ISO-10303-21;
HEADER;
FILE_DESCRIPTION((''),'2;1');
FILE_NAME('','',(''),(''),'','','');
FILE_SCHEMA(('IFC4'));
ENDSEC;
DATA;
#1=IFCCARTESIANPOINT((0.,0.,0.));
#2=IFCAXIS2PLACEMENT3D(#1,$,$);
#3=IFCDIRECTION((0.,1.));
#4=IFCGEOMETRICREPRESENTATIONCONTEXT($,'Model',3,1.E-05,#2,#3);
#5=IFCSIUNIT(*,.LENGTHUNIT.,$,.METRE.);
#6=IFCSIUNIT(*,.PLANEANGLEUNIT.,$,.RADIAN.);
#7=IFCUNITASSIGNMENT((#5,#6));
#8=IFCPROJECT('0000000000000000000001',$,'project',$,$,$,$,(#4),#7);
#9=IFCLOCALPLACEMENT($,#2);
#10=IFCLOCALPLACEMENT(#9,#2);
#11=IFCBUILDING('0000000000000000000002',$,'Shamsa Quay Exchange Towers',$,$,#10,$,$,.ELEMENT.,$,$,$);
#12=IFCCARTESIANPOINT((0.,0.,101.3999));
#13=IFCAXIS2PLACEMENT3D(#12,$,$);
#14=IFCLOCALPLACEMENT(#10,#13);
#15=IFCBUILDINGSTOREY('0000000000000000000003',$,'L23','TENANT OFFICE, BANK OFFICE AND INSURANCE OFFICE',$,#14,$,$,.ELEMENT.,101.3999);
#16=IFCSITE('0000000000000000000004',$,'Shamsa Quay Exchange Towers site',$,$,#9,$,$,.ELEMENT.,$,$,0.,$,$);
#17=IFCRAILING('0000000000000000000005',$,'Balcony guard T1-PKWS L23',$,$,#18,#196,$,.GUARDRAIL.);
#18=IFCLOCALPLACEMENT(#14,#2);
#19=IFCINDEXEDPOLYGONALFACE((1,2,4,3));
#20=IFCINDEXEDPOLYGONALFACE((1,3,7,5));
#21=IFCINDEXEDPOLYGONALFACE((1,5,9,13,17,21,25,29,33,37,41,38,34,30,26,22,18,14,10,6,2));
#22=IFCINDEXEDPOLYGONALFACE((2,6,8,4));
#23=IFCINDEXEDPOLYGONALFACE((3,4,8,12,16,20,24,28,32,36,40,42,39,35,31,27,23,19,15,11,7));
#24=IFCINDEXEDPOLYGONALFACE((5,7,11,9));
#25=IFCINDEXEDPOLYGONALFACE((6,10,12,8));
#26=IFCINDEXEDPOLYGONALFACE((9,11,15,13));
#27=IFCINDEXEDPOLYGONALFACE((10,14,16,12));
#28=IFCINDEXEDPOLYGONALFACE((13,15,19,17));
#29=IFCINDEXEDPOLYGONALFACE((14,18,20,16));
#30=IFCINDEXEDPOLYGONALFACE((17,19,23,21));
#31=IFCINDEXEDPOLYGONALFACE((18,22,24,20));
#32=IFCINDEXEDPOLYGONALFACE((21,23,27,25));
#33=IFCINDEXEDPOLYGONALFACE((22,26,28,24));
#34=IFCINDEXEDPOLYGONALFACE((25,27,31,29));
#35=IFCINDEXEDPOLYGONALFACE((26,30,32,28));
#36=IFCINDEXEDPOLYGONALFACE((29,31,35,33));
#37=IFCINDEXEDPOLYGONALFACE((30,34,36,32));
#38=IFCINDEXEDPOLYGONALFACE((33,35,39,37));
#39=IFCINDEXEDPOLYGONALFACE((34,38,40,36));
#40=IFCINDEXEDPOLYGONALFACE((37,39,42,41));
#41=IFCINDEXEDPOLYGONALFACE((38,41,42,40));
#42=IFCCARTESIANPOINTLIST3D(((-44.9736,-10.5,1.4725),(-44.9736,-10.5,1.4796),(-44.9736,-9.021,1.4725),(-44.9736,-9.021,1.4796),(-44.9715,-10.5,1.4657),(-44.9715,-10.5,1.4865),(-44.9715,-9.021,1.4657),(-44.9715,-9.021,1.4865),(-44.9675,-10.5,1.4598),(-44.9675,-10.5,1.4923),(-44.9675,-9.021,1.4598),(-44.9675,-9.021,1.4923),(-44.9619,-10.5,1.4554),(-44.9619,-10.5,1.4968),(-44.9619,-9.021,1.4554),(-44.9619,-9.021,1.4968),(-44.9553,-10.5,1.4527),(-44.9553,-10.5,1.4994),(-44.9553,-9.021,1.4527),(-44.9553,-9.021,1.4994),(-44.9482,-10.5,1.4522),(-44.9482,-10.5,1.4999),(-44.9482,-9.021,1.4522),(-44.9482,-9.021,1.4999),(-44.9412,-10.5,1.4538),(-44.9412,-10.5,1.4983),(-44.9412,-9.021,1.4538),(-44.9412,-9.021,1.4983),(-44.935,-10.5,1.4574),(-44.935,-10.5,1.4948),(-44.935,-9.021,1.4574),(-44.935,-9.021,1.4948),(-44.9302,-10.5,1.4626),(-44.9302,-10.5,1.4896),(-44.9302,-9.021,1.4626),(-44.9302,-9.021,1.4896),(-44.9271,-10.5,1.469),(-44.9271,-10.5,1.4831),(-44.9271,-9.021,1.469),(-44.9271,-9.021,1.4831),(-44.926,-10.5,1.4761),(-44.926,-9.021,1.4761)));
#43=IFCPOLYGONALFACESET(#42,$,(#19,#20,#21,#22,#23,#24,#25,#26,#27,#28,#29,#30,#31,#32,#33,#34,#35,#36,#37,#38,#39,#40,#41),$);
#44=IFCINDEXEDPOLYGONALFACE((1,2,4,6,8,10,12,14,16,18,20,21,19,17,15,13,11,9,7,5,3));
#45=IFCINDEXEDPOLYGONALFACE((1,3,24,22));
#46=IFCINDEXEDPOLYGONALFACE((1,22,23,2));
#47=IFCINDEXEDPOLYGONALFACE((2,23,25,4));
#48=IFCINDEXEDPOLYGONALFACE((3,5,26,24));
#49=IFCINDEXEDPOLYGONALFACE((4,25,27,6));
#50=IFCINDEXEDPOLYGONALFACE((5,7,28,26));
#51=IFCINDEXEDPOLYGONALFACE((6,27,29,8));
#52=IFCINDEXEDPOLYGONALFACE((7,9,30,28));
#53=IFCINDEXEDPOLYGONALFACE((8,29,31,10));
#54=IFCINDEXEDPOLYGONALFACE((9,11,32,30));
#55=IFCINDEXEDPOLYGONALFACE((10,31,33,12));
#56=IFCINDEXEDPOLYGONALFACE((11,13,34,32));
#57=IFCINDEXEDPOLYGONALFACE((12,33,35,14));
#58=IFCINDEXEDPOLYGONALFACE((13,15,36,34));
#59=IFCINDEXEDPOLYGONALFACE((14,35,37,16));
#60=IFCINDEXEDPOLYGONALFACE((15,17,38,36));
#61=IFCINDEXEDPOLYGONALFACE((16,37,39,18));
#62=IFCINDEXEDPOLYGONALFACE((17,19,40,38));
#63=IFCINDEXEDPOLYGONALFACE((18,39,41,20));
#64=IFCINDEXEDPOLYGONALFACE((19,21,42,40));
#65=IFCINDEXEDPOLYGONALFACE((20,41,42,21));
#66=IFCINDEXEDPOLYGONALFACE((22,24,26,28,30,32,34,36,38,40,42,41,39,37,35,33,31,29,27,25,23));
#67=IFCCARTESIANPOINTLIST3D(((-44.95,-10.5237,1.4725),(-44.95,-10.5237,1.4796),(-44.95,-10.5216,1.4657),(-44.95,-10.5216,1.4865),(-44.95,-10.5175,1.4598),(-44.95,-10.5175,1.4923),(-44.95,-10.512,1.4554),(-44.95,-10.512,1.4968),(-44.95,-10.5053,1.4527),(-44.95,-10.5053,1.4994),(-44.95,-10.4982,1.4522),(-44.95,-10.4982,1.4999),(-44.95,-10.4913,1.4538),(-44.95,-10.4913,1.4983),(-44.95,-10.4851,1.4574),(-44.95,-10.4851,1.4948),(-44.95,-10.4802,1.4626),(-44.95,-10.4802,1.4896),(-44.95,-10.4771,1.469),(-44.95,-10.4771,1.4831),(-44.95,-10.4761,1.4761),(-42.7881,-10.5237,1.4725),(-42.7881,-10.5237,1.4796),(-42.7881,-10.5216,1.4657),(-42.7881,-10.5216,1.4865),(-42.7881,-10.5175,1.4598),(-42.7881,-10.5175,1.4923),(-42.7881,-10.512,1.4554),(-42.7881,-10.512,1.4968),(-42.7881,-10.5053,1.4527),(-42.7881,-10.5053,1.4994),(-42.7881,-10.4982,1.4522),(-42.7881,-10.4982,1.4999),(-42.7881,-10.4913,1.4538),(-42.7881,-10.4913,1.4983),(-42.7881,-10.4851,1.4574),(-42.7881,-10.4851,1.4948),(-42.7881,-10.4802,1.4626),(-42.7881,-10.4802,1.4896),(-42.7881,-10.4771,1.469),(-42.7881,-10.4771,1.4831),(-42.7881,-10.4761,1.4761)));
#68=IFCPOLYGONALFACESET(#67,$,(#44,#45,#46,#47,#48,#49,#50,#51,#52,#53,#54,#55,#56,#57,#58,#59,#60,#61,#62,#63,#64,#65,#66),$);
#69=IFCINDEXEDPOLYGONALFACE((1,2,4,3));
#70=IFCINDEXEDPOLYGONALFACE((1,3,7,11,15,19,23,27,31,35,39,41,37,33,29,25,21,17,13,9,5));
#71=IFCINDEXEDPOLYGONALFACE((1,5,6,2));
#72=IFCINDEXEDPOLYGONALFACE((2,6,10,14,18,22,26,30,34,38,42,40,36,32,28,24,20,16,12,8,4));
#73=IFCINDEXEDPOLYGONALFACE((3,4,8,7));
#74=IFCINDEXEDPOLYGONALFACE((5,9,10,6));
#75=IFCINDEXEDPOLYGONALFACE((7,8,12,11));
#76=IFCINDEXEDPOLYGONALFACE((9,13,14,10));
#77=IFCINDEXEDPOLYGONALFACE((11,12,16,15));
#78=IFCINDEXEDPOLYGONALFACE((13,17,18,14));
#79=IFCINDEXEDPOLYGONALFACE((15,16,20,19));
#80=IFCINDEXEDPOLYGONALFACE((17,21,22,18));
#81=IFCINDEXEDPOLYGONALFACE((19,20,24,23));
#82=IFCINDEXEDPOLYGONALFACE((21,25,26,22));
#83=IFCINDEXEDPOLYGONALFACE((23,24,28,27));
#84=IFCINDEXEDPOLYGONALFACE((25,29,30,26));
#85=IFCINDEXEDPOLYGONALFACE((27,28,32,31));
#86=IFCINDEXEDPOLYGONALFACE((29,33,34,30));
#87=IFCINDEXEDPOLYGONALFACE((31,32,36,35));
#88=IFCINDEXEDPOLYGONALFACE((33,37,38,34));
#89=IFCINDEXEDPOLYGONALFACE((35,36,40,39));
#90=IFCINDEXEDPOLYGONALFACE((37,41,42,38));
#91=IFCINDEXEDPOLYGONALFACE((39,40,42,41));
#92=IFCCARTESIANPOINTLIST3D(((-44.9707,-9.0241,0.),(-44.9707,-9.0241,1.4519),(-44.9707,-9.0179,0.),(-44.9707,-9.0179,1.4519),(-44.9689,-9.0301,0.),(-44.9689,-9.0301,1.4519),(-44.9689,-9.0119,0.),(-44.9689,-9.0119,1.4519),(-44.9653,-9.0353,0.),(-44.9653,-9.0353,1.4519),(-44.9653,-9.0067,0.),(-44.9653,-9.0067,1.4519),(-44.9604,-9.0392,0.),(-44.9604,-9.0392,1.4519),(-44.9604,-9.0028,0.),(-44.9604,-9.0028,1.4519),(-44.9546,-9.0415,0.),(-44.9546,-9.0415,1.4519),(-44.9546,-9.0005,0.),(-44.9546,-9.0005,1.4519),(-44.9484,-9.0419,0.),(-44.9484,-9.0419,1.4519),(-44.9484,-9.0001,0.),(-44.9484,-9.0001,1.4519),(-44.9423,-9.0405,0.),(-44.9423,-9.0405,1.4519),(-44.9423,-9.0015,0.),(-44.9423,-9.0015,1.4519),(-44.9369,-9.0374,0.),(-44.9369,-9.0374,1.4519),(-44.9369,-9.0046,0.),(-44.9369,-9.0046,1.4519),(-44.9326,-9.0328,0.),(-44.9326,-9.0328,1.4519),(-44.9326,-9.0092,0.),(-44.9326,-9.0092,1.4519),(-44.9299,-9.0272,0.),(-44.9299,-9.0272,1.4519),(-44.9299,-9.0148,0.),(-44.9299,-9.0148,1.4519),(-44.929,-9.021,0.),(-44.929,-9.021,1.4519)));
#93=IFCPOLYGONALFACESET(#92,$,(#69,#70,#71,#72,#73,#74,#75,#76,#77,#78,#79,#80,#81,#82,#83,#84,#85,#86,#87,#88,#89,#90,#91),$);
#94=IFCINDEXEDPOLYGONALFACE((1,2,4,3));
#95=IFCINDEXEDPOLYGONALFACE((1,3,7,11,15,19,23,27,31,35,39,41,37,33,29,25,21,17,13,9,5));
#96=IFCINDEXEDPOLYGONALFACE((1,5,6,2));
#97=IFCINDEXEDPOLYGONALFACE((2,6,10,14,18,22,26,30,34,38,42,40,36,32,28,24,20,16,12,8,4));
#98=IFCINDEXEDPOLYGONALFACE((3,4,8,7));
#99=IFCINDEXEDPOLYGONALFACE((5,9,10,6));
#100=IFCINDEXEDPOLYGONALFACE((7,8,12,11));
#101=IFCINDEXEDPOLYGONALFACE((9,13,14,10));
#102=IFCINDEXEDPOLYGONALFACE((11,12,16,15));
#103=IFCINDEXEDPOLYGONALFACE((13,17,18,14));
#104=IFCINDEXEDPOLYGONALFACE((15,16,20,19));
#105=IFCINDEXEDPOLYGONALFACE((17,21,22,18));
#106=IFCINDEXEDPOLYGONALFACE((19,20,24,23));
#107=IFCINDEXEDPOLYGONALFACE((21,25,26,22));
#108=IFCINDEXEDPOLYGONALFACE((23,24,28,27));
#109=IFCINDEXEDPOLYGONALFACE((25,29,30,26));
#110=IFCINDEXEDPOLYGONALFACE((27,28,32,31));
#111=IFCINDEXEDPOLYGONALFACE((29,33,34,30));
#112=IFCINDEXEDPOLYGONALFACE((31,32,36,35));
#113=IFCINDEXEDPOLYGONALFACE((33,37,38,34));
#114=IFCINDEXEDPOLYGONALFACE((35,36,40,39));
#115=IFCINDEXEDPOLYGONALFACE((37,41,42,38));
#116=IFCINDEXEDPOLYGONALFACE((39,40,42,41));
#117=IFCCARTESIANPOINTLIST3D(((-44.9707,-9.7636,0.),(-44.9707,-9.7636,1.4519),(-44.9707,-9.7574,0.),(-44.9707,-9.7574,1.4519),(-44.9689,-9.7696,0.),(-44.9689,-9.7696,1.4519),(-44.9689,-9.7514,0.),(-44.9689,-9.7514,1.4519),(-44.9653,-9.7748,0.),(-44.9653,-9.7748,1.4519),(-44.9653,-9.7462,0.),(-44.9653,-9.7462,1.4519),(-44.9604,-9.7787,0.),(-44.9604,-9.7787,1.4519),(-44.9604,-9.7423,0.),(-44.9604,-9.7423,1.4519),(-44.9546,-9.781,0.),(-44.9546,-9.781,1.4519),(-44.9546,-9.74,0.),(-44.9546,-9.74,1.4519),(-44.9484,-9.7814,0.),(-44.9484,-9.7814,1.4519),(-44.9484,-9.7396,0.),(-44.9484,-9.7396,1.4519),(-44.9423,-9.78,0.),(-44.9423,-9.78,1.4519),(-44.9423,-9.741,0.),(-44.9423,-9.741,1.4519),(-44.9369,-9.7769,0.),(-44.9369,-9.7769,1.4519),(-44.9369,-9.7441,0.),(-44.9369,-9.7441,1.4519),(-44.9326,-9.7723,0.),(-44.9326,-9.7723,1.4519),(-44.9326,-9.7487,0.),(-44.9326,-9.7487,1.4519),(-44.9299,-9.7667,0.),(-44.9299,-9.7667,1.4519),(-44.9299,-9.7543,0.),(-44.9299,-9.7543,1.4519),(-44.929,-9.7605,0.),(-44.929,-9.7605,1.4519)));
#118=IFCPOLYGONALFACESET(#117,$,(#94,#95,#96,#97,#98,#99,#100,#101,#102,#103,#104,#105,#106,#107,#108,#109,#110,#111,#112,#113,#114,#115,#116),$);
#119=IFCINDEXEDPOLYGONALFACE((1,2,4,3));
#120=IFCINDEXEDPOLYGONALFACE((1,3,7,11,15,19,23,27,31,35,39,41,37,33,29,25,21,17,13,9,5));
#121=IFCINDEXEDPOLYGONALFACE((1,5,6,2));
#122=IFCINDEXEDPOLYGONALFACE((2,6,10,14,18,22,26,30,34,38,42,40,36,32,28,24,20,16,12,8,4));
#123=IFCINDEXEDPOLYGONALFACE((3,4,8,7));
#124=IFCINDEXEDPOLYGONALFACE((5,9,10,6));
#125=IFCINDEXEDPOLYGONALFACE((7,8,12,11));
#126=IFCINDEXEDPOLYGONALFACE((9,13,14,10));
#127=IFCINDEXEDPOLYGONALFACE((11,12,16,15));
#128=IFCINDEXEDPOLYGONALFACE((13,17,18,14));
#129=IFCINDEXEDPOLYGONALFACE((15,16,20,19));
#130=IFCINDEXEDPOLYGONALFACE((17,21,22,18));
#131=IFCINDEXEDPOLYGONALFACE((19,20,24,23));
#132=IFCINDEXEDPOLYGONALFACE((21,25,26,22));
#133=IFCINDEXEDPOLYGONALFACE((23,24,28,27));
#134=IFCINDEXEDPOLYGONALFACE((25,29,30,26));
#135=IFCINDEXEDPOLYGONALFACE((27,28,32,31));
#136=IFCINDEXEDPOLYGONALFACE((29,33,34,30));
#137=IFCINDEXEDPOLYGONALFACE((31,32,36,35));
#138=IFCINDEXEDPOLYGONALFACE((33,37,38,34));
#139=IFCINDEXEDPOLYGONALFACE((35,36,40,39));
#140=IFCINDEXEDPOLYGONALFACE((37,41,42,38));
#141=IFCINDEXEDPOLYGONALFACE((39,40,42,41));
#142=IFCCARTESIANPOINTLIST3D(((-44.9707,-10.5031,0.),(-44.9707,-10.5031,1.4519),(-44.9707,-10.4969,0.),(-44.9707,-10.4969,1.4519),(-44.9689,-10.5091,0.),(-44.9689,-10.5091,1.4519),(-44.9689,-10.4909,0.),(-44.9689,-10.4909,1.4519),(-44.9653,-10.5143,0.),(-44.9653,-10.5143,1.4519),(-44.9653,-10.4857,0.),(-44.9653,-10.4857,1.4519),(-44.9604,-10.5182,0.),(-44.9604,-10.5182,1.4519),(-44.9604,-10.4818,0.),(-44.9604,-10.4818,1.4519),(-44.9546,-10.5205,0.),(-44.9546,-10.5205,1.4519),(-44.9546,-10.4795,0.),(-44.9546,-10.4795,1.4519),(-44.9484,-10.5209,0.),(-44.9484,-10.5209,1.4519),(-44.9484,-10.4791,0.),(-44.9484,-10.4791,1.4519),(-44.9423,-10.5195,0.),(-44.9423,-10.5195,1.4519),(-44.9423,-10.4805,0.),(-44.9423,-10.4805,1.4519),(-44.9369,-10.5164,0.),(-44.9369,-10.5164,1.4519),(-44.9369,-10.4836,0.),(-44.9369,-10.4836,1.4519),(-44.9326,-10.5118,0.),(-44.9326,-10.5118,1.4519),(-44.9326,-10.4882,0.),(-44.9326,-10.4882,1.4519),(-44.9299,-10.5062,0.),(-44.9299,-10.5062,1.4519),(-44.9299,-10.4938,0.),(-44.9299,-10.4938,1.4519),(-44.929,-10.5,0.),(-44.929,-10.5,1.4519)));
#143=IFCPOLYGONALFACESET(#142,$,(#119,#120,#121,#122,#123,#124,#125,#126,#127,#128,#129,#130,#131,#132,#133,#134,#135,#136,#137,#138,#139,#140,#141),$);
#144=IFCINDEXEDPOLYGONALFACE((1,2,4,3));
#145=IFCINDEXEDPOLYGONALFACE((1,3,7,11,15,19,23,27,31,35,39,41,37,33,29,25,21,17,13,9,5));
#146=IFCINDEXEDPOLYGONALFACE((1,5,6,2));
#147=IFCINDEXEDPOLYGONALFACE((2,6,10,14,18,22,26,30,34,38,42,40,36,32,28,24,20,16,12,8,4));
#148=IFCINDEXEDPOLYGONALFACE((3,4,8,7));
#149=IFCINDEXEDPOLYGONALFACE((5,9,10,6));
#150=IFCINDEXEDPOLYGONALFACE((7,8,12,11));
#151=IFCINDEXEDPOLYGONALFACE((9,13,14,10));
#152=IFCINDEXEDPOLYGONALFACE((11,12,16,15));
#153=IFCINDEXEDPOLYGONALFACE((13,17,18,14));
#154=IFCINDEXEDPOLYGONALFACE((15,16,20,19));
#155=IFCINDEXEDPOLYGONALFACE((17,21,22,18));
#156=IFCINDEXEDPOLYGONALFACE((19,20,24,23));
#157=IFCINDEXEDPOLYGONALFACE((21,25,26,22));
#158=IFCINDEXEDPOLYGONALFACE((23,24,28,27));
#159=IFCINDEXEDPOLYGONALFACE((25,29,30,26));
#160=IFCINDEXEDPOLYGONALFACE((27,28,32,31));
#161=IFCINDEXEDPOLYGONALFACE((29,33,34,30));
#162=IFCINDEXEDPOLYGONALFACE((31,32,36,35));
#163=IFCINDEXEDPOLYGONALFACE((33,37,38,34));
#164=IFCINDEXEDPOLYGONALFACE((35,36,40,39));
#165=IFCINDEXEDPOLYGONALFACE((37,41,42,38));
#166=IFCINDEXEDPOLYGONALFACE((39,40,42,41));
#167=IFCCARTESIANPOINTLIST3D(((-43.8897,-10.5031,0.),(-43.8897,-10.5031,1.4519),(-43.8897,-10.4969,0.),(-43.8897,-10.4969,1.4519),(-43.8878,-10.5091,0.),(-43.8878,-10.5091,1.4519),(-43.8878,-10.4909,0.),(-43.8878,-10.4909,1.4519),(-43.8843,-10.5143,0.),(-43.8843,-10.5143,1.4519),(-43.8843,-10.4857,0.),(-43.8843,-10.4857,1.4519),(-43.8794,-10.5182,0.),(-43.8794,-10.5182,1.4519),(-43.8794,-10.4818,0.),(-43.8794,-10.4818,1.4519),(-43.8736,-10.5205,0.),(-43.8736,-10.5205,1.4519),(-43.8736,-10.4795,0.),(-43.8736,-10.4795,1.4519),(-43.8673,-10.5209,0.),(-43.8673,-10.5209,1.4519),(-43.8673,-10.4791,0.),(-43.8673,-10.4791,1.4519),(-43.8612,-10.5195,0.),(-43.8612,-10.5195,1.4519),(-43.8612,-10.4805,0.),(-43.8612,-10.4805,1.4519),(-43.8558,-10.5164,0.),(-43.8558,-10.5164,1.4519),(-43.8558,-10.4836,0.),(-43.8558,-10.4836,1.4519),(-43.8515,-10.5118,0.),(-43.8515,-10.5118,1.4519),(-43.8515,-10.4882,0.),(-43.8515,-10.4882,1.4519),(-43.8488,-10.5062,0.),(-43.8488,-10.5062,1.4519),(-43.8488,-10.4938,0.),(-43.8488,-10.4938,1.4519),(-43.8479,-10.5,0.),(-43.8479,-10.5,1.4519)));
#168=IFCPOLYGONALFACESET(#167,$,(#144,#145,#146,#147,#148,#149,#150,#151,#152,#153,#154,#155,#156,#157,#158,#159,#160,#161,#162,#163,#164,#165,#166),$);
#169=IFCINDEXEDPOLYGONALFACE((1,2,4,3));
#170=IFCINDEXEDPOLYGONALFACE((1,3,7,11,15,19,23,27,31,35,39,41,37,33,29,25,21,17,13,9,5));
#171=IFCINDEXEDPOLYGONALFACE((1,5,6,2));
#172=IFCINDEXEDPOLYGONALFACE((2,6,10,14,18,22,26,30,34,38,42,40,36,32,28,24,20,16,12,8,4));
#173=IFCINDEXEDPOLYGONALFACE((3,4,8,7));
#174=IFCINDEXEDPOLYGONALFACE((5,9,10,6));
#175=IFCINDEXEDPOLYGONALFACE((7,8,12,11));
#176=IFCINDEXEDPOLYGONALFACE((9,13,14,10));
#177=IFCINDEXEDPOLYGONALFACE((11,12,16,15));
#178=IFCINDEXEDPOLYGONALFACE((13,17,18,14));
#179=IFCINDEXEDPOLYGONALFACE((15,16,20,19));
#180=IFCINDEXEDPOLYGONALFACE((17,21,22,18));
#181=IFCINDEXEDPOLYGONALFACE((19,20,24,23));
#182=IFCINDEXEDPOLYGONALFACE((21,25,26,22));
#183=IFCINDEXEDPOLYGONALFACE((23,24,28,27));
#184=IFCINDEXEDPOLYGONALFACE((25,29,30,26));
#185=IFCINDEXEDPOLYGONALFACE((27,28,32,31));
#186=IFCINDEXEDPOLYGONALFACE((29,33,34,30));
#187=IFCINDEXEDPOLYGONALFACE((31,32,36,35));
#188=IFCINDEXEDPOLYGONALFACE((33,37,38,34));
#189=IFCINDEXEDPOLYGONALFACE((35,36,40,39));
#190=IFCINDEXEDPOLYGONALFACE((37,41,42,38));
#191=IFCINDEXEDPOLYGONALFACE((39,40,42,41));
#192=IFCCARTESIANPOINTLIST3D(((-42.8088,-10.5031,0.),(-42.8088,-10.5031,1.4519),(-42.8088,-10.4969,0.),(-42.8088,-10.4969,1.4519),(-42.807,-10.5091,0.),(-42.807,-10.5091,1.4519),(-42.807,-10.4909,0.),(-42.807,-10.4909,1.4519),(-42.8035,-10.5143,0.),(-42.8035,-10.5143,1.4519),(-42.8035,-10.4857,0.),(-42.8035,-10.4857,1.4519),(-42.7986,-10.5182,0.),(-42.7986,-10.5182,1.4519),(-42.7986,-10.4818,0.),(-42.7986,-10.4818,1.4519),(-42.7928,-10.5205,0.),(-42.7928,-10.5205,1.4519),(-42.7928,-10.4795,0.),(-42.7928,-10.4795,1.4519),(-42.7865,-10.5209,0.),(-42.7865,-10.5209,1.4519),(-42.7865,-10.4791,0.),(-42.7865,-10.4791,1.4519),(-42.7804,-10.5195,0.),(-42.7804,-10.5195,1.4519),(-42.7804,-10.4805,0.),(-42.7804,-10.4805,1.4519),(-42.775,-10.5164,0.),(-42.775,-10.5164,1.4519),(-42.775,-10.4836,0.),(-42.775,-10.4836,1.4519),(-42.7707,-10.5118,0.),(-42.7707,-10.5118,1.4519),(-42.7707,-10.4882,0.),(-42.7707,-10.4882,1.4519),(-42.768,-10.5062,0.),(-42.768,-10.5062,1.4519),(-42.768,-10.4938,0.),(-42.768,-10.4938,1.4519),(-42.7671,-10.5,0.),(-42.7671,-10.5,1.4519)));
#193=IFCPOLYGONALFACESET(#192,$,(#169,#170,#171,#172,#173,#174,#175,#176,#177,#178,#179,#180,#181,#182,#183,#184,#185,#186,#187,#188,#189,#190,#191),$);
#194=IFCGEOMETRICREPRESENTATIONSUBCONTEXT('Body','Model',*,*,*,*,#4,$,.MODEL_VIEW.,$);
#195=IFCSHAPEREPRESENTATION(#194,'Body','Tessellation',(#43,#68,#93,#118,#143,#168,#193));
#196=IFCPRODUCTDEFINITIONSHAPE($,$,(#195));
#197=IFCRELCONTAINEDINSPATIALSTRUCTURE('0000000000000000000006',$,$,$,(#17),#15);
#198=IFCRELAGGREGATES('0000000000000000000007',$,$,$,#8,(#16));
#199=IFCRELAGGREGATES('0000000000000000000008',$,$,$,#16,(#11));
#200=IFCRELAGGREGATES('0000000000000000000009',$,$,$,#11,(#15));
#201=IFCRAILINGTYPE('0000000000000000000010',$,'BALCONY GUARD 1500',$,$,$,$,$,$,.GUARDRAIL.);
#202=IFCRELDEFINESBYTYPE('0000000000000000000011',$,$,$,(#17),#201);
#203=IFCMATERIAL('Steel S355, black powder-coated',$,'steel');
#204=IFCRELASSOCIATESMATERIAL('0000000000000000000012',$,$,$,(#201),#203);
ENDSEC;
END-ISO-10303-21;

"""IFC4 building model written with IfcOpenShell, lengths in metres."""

from ifc_helpers import new_model, si_unit, direction, frame, origin, origin_2d, place, context, subcontext, project, spatial, circle, extrude, material, type_object, element, save


model = new_model("IFC4")

# Units and contexts
model_context = context("Model", 3, precision=1e-05, world=origin(), true_north=direction((0.0, 1.0)))
body_context = subcontext(model_context, "Body", "Model", "MODEL_VIEW")
ifc_project = project(units=[si_unit("LENGTHUNIT", "METRE"), si_unit("PLANEANGLEUNIT", "RADIAN")], contexts=[model_context])

# Site, building, storey
site_placement = place(None, origin())
site = spatial("IfcSite", under=ifc_project, at=site_placement, Name="Shamsa Quay Exchange Towers site", CompositionType="ELEMENT", RefElevation=0.0)
building_placement = place(site_placement, origin())
building = spatial("IfcBuilding", under=site, at=building_placement, Name="Shamsa Quay Exchange Towers", CompositionType="ELEMENT")
storey_placement = place(building_placement, frame((0.0, 0.0, 101.3999)))
storey = spatial("IfcBuildingStorey", under=building, at=storey_placement, Name="L23", Description="TENANT OFFICE, BANK OFFICE AND INSURANCE OFFICE", CompositionType="ELEMENT", Elevation=101.3999)

# Railing
ifc_material_1 = material(Name="Steel S355, black powder-coated", Category="steel")
railing_type_1 = type_object("IfcRailingType", Name="BALCONY GUARD 1500", PredefinedType="GUARDRAIL", material=ifc_material_1)
for number, where, name in (
    (1, (-44.95, -9.021, 0.0), "Balcony guard T1-PKWS L23"),
):
    element("IfcRailing", number, at=place(storey_placement, frame(where)), inside=storey, type_object=railing_type_1, Name=name, PredefinedType="GUARDRAIL", context=body_context, shape_type="SweptSolid", body=[
        extrude(circle(Radius=0.0239, at=origin_2d()), frame((0.0, 0.0, 1.4761), z_axis=(0.0, -1.0, 0.0), x_axis=(1.0, 0.0, 0.0)), (0.0, 0.0, 1.0), 1.479),
        extrude(circle(Radius=0.0239, at=origin_2d()), frame((0.0, -1.479, 1.4761), z_axis=(1.0, 0.0, 0.0), x_axis=(0.0, 1.0, 0.0)), (0.0, 0.0, 1.0), 2.1619),
        extrude(circle(Radius=0.021, at=origin_2d()), origin(), (0.0, 0.0, 1.0), 1.4519),
        extrude(circle(Radius=0.021, at=origin_2d()), frame((0.0, -0.7395, 0.0)), (0.0, 0.0, 1.0), 1.4519),
        extrude(circle(Radius=0.021, at=origin_2d()), frame((0.0, -1.479, 0.0)), (0.0, 0.0, 1.0), 1.4519),
        extrude(circle(Radius=0.021, at=origin_2d()), frame((1.0811, -1.479, 0.0)), (0.0, 0.0, 1.0), 1.4519),
        extrude(circle(Radius=0.021, at=origin_2d()), frame((2.1619, -1.479, 0.0)), (0.0, 0.0, 1.0), 1.4519),
    ])

save(model, "model.ifc")
